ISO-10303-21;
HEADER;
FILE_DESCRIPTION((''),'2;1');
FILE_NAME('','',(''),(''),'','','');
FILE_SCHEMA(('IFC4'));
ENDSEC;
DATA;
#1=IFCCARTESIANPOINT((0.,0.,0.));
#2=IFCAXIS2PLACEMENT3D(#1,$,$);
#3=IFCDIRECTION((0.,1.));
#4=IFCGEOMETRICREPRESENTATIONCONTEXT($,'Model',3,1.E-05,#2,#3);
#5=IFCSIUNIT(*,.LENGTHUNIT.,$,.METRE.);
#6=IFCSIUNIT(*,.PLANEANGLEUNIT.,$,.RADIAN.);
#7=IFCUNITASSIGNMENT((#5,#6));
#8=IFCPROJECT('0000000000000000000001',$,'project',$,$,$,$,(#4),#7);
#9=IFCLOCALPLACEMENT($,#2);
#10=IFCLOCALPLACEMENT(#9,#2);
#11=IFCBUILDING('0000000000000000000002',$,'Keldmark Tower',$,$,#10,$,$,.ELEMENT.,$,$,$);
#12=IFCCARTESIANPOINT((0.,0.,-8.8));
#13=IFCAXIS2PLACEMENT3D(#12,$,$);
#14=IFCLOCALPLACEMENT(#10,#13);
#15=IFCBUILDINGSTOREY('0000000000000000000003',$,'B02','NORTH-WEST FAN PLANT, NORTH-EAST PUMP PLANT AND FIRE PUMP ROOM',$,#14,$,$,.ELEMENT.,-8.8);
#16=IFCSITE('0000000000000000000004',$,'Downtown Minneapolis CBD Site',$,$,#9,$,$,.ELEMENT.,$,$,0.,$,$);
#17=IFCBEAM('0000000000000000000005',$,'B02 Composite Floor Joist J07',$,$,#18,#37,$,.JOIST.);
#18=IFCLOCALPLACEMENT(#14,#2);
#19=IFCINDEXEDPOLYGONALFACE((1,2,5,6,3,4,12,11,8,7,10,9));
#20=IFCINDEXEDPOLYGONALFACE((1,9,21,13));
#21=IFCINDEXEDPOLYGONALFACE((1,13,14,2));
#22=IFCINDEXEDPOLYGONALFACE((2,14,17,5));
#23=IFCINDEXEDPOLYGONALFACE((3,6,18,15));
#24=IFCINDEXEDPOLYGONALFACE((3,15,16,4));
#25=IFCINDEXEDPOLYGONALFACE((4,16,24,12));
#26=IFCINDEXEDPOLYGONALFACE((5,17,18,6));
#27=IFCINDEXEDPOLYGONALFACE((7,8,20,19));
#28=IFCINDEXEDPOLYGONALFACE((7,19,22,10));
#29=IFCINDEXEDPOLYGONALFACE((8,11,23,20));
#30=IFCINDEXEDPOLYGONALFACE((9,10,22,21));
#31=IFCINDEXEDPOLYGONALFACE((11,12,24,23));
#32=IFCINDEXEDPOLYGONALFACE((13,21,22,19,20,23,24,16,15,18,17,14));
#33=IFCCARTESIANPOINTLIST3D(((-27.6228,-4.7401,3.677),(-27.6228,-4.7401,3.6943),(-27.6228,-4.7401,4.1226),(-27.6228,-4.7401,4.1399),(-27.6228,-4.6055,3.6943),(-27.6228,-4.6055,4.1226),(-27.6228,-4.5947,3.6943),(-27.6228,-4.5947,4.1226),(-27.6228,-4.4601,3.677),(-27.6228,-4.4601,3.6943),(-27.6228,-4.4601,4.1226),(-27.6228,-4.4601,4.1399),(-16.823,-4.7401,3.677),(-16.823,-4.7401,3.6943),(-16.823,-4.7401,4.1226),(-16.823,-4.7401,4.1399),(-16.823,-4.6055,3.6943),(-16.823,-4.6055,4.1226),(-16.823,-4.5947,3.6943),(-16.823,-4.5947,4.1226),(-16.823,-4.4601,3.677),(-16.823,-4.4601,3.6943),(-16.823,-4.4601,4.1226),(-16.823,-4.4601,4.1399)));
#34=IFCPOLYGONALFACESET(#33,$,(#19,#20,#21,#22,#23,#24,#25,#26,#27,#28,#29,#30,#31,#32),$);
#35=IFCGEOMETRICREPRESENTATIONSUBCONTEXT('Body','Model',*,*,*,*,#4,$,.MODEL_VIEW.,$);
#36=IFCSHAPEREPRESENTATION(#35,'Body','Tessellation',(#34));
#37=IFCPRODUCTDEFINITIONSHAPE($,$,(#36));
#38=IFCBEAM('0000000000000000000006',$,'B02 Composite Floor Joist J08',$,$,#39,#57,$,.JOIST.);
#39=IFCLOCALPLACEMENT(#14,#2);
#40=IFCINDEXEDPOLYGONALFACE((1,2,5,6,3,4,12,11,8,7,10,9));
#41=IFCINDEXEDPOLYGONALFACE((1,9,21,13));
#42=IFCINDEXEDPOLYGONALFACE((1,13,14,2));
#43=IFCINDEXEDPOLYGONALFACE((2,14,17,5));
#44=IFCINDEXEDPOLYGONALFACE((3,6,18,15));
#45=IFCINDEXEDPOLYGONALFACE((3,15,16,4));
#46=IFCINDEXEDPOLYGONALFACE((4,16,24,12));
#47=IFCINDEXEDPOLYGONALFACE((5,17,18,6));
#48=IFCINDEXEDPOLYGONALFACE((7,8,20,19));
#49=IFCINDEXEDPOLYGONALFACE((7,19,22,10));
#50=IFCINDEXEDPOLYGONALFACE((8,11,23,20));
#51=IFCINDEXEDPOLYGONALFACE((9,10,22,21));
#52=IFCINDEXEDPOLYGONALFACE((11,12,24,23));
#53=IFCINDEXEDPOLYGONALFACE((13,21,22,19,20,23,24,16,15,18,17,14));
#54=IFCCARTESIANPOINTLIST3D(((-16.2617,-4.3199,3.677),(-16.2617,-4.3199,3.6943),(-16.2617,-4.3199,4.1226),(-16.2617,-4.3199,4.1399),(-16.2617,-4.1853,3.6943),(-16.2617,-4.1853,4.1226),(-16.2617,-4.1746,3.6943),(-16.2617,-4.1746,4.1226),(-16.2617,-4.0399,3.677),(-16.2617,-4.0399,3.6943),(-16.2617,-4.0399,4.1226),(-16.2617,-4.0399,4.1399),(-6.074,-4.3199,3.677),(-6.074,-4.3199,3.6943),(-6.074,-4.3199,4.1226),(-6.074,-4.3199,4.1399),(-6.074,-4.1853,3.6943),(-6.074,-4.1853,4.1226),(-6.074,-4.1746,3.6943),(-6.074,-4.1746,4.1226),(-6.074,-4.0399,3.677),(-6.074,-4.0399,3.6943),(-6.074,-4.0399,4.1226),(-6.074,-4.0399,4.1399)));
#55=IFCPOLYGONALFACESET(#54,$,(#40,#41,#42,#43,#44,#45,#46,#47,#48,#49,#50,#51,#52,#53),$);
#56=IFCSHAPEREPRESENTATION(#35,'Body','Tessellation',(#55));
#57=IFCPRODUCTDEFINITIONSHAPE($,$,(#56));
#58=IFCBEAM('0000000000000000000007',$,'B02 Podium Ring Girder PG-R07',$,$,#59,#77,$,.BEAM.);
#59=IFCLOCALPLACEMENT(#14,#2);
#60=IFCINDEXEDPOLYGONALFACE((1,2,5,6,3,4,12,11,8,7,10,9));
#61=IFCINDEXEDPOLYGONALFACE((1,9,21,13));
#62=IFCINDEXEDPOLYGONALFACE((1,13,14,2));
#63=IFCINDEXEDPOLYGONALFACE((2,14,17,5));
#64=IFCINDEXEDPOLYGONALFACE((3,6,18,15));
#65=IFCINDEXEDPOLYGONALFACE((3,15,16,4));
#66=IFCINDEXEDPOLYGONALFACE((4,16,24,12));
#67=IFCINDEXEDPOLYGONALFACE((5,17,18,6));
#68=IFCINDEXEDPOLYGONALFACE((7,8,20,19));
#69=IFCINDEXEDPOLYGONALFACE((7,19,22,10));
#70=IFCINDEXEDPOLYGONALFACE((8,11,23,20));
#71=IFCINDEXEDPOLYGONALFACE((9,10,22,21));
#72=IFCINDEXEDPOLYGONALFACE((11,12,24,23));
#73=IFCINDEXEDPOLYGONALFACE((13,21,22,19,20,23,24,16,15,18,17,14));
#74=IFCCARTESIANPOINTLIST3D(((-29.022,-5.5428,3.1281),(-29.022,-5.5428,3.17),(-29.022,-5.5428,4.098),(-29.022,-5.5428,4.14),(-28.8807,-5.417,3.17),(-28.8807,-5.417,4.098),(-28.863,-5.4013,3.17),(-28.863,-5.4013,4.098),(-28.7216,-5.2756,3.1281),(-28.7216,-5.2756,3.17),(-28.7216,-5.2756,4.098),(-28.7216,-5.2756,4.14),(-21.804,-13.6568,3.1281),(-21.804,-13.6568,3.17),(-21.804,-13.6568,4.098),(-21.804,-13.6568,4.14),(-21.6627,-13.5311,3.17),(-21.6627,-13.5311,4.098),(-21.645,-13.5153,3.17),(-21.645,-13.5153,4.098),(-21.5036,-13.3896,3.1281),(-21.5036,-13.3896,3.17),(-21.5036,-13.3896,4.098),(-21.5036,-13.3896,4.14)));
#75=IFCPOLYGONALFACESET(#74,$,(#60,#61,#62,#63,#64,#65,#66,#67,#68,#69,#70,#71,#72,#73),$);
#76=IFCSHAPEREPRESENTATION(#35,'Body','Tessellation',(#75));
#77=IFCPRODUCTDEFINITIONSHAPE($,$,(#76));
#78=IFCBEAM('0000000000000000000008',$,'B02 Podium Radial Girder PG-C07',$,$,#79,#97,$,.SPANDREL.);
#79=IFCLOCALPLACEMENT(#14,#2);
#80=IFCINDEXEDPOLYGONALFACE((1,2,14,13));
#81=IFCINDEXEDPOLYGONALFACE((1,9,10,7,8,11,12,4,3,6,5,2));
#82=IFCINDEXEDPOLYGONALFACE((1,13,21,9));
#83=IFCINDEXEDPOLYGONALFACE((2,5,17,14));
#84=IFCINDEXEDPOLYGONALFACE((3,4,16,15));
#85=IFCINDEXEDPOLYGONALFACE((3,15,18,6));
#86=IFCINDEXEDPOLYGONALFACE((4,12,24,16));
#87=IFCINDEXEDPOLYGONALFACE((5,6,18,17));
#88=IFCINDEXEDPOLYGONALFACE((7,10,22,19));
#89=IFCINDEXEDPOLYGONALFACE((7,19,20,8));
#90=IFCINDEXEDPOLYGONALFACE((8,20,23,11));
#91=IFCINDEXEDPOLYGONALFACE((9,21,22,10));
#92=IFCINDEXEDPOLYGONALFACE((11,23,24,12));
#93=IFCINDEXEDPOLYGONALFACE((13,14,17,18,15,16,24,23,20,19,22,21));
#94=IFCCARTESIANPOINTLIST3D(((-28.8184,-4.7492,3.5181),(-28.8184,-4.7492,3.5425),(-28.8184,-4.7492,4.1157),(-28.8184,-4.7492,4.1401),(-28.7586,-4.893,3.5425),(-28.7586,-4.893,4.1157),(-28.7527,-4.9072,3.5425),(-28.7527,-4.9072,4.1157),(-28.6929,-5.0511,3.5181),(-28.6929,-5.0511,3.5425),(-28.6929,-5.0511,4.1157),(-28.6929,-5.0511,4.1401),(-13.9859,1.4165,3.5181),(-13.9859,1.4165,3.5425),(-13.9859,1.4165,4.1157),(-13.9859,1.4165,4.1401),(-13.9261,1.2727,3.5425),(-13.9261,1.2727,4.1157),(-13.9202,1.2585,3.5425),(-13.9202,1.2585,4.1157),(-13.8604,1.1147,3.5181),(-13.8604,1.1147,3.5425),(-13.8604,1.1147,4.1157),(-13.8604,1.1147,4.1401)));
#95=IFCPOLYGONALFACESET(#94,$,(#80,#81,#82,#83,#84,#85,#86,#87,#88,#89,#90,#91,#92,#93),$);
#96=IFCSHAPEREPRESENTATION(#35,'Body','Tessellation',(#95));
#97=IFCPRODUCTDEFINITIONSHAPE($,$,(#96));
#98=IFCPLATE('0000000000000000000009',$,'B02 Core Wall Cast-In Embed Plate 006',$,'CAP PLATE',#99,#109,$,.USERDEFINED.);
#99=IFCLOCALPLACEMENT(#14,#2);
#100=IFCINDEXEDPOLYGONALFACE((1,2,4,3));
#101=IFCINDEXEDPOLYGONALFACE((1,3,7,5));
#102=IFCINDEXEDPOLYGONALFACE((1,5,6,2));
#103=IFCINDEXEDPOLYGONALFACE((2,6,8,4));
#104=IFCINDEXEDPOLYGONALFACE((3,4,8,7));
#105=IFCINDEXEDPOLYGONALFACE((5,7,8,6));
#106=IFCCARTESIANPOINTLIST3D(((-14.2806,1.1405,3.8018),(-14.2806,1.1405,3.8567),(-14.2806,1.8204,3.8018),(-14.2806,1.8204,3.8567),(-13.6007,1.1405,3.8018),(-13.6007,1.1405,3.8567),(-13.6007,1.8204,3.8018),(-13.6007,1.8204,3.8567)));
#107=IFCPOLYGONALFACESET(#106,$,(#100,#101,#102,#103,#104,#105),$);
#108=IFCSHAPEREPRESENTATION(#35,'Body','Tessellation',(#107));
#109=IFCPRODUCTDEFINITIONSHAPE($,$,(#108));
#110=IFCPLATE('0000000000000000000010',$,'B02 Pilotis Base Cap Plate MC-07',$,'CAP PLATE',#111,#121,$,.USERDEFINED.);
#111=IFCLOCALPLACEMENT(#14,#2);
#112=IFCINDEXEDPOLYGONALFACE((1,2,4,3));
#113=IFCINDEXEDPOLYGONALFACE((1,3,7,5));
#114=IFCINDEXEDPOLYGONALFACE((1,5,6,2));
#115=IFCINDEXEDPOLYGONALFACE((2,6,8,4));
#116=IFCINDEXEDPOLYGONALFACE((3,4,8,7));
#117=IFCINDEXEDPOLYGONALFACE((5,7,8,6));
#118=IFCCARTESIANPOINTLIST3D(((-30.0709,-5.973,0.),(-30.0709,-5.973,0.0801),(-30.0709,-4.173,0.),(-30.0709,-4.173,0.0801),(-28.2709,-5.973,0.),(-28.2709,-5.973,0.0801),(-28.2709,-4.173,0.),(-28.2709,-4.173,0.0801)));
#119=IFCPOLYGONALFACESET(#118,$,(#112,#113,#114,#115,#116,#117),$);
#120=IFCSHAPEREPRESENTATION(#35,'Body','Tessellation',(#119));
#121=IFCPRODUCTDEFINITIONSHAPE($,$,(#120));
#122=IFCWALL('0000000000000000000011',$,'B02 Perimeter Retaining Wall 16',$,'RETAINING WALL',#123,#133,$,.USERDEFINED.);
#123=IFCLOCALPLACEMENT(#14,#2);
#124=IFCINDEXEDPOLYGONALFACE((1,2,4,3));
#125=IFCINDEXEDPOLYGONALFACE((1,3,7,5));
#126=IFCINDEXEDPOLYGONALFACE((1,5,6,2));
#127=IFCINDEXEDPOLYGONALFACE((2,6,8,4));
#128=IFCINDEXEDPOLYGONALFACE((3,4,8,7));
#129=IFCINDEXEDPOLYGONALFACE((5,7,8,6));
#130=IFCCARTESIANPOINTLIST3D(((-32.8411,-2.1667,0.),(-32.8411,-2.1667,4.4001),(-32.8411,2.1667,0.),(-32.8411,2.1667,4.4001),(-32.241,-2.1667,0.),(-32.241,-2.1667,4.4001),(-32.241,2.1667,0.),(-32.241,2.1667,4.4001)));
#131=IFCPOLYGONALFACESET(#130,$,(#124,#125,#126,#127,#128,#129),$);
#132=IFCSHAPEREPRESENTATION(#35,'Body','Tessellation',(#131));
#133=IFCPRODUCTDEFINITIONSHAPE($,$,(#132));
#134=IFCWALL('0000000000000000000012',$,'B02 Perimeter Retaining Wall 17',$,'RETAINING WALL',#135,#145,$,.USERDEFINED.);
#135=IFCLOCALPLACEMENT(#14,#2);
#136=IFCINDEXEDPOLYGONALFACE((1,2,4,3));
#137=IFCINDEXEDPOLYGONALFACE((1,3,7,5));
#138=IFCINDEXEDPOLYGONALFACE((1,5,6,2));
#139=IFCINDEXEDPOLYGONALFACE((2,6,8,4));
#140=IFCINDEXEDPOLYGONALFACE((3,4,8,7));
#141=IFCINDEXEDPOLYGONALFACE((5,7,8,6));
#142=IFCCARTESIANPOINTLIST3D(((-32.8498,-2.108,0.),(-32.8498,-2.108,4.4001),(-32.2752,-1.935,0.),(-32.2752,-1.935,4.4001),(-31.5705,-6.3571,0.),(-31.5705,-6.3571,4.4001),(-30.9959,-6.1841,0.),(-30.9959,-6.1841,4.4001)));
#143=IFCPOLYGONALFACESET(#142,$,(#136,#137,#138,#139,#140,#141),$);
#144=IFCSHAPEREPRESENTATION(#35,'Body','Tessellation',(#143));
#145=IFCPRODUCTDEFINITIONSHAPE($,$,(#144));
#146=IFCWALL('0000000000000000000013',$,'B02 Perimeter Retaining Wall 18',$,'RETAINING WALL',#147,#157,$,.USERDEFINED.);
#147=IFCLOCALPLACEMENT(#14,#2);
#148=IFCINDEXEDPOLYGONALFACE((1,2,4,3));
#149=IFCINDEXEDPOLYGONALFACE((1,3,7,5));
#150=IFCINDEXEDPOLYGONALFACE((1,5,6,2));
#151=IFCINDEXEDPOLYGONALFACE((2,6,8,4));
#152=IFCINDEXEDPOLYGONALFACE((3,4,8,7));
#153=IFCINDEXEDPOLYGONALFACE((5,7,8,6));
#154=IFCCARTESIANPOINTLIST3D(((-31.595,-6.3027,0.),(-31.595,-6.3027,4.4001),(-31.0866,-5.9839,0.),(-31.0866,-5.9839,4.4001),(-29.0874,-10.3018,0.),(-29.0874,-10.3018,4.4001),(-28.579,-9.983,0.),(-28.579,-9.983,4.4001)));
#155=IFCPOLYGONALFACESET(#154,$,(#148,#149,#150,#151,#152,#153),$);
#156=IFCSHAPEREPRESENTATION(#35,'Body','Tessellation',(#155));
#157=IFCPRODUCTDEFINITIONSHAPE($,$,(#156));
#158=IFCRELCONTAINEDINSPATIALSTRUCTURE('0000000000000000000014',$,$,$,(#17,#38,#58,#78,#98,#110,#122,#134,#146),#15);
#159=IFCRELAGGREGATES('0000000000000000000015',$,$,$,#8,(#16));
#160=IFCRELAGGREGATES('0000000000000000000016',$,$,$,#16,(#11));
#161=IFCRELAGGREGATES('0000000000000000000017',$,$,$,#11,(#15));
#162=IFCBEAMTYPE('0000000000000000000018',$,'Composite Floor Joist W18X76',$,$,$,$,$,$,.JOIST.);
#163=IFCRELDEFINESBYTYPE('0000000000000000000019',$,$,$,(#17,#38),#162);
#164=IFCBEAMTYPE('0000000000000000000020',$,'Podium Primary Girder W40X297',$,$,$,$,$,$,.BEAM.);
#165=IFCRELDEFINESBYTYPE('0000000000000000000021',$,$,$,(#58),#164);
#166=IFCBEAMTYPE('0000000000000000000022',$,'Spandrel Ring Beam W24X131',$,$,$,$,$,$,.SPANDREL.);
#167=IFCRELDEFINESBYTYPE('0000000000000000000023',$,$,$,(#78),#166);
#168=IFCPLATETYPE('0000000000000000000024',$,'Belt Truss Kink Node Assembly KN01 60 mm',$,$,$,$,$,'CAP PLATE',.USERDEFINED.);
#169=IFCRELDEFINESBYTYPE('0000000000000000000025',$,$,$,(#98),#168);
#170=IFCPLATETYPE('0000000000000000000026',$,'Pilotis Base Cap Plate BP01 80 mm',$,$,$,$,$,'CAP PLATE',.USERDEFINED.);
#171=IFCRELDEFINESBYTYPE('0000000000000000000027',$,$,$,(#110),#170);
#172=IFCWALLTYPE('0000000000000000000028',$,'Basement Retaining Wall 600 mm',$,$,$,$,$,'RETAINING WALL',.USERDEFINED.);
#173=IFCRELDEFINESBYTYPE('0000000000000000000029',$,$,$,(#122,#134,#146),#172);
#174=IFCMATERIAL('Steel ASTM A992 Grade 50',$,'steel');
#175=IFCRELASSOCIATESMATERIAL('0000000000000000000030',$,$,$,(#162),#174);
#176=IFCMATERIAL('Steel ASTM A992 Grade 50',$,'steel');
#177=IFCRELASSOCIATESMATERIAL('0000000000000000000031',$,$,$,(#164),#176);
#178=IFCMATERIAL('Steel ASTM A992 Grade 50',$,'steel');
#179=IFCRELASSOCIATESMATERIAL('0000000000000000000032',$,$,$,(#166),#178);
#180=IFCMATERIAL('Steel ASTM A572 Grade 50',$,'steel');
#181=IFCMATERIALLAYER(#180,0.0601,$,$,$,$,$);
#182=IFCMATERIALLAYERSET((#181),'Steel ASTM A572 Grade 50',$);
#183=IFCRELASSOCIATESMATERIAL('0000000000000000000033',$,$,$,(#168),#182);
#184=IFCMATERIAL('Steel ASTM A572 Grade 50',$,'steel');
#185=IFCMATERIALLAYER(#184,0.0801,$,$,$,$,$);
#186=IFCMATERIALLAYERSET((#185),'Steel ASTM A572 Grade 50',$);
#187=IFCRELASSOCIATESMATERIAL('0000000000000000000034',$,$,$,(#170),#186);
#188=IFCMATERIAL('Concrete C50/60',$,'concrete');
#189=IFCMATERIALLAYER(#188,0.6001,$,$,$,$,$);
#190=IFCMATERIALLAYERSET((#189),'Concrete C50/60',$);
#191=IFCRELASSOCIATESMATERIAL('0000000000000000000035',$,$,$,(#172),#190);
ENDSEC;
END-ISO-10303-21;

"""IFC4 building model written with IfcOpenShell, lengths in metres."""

from ifc_helpers import new_model, si_unit, direction, frame, frame_2d, origin, origin_2d, place, context, subcontext, project, spatial, rectangle, i_section, extrude, material, layer, layer_set, material_profile, profile_set, type_object, element, save


model = new_model("IFC4")

# Units and contexts
model_context = context("Model", 3, precision=1e-05, world=origin(), true_north=direction((0.0, 1.0)))
body_context = subcontext(model_context, "Body", "Model", "MODEL_VIEW")
ifc_project = project(units=[si_unit("LENGTHUNIT", "METRE"), si_unit("PLANEANGLEUNIT", "RADIAN")], contexts=[model_context])

# Site, building, storey
site_placement = place(None, origin())
site = spatial("IfcSite", under=ifc_project, at=site_placement, Name="Downtown Minneapolis CBD Site", CompositionType="ELEMENT", RefElevation=0.0)
building_placement = place(site_placement, origin())
building = spatial("IfcBuilding", under=site, at=building_placement, Name="Keldmark Tower", CompositionType="ELEMENT")
storey_placement = place(building_placement, frame((0.0, 0.0, -8.8)))
storey = spatial("IfcBuildingStorey", under=building, at=storey_placement, Name="B02", Description="NORTH-WEST FAN PLANT, NORTH-EAST PUMP PLANT AND FIRE PUMP ROOM", CompositionType="ELEMENT", Elevation=-8.8)

# Beams
ifc_material_1 = material(Name="Steel ASTM A992 Grade 50", Category="steel")
ifc_material_profile_1 = material_profile(ifc_material_1, i_section(OverallWidth=0.28, OverallDepth=0.4629, WebThickness=0.0107, FlangeThickness=0.0173, at=origin_2d()), Name="W18X76")
ifc_profile_set_1 = profile_set([ifc_material_profile_1], Name="Steel ASTM A992 Grade 50")
beam_type_1 = type_object("IfcBeamType", Name="Composite Floor Joist W18X76", PredefinedType="JOIST", material=ifc_profile_set_1)
beam_1_placement = place(storey_placement, frame((-27.6228, -4.6001, 3.9084), z_axis=(1.0, 0.0, 0.0), x_axis=(0.0, 1.0, 0.0)))
element("IfcBeam", 1, at=beam_1_placement, inside=storey, type_object=beam_type_1, Name="B02 Composite Floor Joist J07", PredefinedType="JOIST", context=body_context, shape_type="SweptSolid", body=[
    extrude(i_section(OverallWidth=0.28, OverallDepth=0.4629, WebThickness=0.0107, FlangeThickness=0.0173, at=origin_2d()), origin(), (0.0, 0.0, 1.0), 10.7998),
])
beam_2_placement = place(storey_placement, frame((-16.2617, -4.1799, 3.9084), z_axis=(1.0, 0.0, 0.0), x_axis=(0.0, 1.0, 0.0)))
element("IfcBeam", 2, at=beam_2_placement, inside=storey, type_object=beam_type_1, Name="B02 Composite Floor Joist J08", PredefinedType="JOIST", context=body_context, shape_type="SweptSolid", body=[
    extrude(i_section(OverallWidth=0.28, OverallDepth=0.4629, WebThickness=0.0107, FlangeThickness=0.0173, at=origin_2d()), origin(), (0.0, 0.0, 1.0), 10.1877),
])
ifc_material_2 = material(Name="Steel ASTM A992 Grade 50", Category="steel")
ifc_material_profile_2 = material_profile(ifc_material_2, i_section(OverallWidth=0.4021, OverallDepth=1.012, WebThickness=0.0237, FlangeThickness=0.042, at=origin_2d()), Name="W40X297")
ifc_profile_set_2 = profile_set([ifc_material_profile_2], Name="Steel ASTM A992 Grade 50")
beam_type_2 = type_object("IfcBeamType", Name="Podium Primary Girder W40X297", PredefinedType="BEAM", material=ifc_profile_set_2)
beam_3_placement = place(storey_placement, frame((-28.8718, -5.4092, 3.634), z_axis=(0.66465, -0.747155, 0.0), x_axis=(0.747155, 0.66465, 0.0)))
element("IfcBeam", 3, at=beam_3_placement, inside=storey, type_object=beam_type_2, Name="B02 Podium Ring Girder PG-R07", PredefinedType="BEAM", context=body_context, shape_type="SweptSolid", body=[
    extrude(i_section(OverallWidth=0.4021, OverallDepth=1.012, WebThickness=0.0237, FlangeThickness=0.042, at=origin_2d()), origin(), (0.0, 0.0, 1.0), 10.8599),
])
ifc_material_3 = material(Name="Steel ASTM A992 Grade 50", Category="steel")
ifc_material_profile_3 = material_profile(ifc_material_3, i_section(OverallWidth=0.3269, OverallDepth=0.6221, WebThickness=0.0154, FlangeThickness=0.0244, at=origin_2d()), Name="W24X131")
ifc_profile_set_3 = profile_set([ifc_material_profile_3], Name="Steel ASTM A992 Grade 50")
beam_type_3 = type_object("IfcBeamType", Name="Spandrel Ring Beam W24X131", PredefinedType="SPANDREL", material=ifc_profile_set_3)
beam_4_placement = place(storey_placement, frame((-28.7556, -4.9001, 3.8291), z_axis=(0.923396, 0.383849, 0.0), x_axis=(-0.383849, 0.923396, 0.0)))
element("IfcBeam", 4, at=beam_4_placement, inside=storey, type_object=beam_type_3, Name="B02 Podium Radial Girder PG-C07", PredefinedType="SPANDREL", context=body_context, shape_type="SweptSolid", body=[
    extrude(i_section(OverallWidth=0.3269, OverallDepth=0.6221, WebThickness=0.0154, FlangeThickness=0.0244, at=origin_2d()), origin(), (0.0, 0.0, 1.0), 16.063),
])

# Plates
ifc_material_4 = material(Name="Steel ASTM A572 Grade 50", Category="steel")
ifc_layer_1 = layer(ifc_material_4, 0.0601)
ifc_layer_set_1 = layer_set([ifc_layer_1], Name="Steel ASTM A572 Grade 50")
plate_type_1 = type_object("IfcPlateType", Name="Belt Truss Kink Node Assembly KN01 60 mm", ElementType="CAP PLATE", PredefinedType="USERDEFINED", material=ifc_layer_set_1)
plate_1_placement = place(storey_placement, frame((-13.9407, 1.4805, 3.8018), z_axis=(0.0, 0.0, 1.0), x_axis=(1.0, 0.0, 0.0)))
element("IfcPlate", 5, at=plate_1_placement, inside=storey, type_object=plate_type_1, Name="B02 Core Wall Cast-In Embed Plate 006", ObjectType="CAP PLATE", PredefinedType="USERDEFINED", context=body_context, shape_type="SweptSolid", body=[
    extrude(rectangle(XDim=0.6799, YDim=0.6799, at=origin_2d()), origin(), (0.0, 0.0, 1.0), 0.0549),
])
ifc_material_5 = material(Name="Steel ASTM A572 Grade 50", Category="steel")
ifc_layer_2 = layer(ifc_material_5, 0.0801)
ifc_layer_set_2 = layer_set([ifc_layer_2], Name="Steel ASTM A572 Grade 50")
plate_type_2 = type_object("IfcPlateType", Name="Pilotis Base Cap Plate BP01 80 mm", ElementType="CAP PLATE", PredefinedType="USERDEFINED", material=ifc_layer_set_2)
plate_2_placement = place(storey_placement, frame((-29.1709, -5.073, 0.0), z_axis=(0.0, 0.0, 1.0), x_axis=(1.0, 0.0, 0.0)))
element("IfcPlate", 6, at=plate_2_placement, inside=storey, type_object=plate_type_2, Name="B02 Pilotis Base Cap Plate MC-07", ObjectType="CAP PLATE", PredefinedType="USERDEFINED", context=body_context, shape_type="SweptSolid", body=[
    extrude(rectangle(XDim=1.8, YDim=1.8, at=origin_2d()), origin(), (0.0, 0.0, 1.0), 0.0801),
])

# Walls
ifc_material_6 = material(Name="Concrete C50/60", Category="concrete")
ifc_layer_3 = layer(ifc_material_6, 0.6001)
ifc_layer_set_3 = layer_set([ifc_layer_3], Name="Concrete C50/60")
wall_type_1 = type_object("IfcWallType", Name="Basement Retaining Wall 600 mm", ElementType="RETAINING WALL", PredefinedType="USERDEFINED", material=ifc_layer_set_3)
wall_1_placement = place(storey_placement, frame((-32.541, 2.1667, 0.0), z_axis=(0.0, 0.0, 1.0), x_axis=(0.0, -1.0, 0.0)))
element("IfcWall", 7, at=wall_1_placement, inside=storey, type_object=wall_type_1, Name="B02 Perimeter Retaining Wall 16", ObjectType="RETAINING WALL", PredefinedType="USERDEFINED", context=body_context, shape_type="SweptSolid", body=[
    extrude(rectangle(XDim=4.3335, YDim=0.6001, at=frame_2d((2.1667, 0.0))), origin(), (0.0, 0.0, 1.0), 4.4001),
])
wall_2_placement = place(storey_placement, frame((-32.5625, -2.0215, 0.0), z_axis=(0.0, 0.0, 1.0), x_axis=(0.288297, -0.957541, 0.0)))
element("IfcWall", 8, at=wall_2_placement, inside=storey, type_object=wall_type_1, Name="B02 Perimeter Retaining Wall 17", ObjectType="RETAINING WALL", PredefinedType="USERDEFINED", context=body_context, shape_type="SweptSolid", body=[
    extrude(rectangle(XDim=4.4375, YDim=0.6001, at=frame_2d((2.2188, 0.0))), origin(), (0.0, 0.0, 1.0), 4.4001),
])
wall_3_placement = place(storey_placement, frame((-31.3408, -6.1433, 0.0), z_axis=(0.0, 0.0, 1.0), x_axis=(0.531244, -0.847219, 0.0)))
element("IfcWall", 9, at=wall_3_placement, inside=storey, type_object=wall_type_1, Name="B02 Perimeter Retaining Wall 18", ObjectType="RETAINING WALL", PredefinedType="USERDEFINED", context=body_context, shape_type="SweptSolid", body=[
    extrude(rectangle(XDim=4.7202, YDim=0.6001, at=frame_2d((2.3601, 0.0))), origin(), (0.0, 0.0, 1.0), 4.4001),
])

save(model, "model.ifc")
